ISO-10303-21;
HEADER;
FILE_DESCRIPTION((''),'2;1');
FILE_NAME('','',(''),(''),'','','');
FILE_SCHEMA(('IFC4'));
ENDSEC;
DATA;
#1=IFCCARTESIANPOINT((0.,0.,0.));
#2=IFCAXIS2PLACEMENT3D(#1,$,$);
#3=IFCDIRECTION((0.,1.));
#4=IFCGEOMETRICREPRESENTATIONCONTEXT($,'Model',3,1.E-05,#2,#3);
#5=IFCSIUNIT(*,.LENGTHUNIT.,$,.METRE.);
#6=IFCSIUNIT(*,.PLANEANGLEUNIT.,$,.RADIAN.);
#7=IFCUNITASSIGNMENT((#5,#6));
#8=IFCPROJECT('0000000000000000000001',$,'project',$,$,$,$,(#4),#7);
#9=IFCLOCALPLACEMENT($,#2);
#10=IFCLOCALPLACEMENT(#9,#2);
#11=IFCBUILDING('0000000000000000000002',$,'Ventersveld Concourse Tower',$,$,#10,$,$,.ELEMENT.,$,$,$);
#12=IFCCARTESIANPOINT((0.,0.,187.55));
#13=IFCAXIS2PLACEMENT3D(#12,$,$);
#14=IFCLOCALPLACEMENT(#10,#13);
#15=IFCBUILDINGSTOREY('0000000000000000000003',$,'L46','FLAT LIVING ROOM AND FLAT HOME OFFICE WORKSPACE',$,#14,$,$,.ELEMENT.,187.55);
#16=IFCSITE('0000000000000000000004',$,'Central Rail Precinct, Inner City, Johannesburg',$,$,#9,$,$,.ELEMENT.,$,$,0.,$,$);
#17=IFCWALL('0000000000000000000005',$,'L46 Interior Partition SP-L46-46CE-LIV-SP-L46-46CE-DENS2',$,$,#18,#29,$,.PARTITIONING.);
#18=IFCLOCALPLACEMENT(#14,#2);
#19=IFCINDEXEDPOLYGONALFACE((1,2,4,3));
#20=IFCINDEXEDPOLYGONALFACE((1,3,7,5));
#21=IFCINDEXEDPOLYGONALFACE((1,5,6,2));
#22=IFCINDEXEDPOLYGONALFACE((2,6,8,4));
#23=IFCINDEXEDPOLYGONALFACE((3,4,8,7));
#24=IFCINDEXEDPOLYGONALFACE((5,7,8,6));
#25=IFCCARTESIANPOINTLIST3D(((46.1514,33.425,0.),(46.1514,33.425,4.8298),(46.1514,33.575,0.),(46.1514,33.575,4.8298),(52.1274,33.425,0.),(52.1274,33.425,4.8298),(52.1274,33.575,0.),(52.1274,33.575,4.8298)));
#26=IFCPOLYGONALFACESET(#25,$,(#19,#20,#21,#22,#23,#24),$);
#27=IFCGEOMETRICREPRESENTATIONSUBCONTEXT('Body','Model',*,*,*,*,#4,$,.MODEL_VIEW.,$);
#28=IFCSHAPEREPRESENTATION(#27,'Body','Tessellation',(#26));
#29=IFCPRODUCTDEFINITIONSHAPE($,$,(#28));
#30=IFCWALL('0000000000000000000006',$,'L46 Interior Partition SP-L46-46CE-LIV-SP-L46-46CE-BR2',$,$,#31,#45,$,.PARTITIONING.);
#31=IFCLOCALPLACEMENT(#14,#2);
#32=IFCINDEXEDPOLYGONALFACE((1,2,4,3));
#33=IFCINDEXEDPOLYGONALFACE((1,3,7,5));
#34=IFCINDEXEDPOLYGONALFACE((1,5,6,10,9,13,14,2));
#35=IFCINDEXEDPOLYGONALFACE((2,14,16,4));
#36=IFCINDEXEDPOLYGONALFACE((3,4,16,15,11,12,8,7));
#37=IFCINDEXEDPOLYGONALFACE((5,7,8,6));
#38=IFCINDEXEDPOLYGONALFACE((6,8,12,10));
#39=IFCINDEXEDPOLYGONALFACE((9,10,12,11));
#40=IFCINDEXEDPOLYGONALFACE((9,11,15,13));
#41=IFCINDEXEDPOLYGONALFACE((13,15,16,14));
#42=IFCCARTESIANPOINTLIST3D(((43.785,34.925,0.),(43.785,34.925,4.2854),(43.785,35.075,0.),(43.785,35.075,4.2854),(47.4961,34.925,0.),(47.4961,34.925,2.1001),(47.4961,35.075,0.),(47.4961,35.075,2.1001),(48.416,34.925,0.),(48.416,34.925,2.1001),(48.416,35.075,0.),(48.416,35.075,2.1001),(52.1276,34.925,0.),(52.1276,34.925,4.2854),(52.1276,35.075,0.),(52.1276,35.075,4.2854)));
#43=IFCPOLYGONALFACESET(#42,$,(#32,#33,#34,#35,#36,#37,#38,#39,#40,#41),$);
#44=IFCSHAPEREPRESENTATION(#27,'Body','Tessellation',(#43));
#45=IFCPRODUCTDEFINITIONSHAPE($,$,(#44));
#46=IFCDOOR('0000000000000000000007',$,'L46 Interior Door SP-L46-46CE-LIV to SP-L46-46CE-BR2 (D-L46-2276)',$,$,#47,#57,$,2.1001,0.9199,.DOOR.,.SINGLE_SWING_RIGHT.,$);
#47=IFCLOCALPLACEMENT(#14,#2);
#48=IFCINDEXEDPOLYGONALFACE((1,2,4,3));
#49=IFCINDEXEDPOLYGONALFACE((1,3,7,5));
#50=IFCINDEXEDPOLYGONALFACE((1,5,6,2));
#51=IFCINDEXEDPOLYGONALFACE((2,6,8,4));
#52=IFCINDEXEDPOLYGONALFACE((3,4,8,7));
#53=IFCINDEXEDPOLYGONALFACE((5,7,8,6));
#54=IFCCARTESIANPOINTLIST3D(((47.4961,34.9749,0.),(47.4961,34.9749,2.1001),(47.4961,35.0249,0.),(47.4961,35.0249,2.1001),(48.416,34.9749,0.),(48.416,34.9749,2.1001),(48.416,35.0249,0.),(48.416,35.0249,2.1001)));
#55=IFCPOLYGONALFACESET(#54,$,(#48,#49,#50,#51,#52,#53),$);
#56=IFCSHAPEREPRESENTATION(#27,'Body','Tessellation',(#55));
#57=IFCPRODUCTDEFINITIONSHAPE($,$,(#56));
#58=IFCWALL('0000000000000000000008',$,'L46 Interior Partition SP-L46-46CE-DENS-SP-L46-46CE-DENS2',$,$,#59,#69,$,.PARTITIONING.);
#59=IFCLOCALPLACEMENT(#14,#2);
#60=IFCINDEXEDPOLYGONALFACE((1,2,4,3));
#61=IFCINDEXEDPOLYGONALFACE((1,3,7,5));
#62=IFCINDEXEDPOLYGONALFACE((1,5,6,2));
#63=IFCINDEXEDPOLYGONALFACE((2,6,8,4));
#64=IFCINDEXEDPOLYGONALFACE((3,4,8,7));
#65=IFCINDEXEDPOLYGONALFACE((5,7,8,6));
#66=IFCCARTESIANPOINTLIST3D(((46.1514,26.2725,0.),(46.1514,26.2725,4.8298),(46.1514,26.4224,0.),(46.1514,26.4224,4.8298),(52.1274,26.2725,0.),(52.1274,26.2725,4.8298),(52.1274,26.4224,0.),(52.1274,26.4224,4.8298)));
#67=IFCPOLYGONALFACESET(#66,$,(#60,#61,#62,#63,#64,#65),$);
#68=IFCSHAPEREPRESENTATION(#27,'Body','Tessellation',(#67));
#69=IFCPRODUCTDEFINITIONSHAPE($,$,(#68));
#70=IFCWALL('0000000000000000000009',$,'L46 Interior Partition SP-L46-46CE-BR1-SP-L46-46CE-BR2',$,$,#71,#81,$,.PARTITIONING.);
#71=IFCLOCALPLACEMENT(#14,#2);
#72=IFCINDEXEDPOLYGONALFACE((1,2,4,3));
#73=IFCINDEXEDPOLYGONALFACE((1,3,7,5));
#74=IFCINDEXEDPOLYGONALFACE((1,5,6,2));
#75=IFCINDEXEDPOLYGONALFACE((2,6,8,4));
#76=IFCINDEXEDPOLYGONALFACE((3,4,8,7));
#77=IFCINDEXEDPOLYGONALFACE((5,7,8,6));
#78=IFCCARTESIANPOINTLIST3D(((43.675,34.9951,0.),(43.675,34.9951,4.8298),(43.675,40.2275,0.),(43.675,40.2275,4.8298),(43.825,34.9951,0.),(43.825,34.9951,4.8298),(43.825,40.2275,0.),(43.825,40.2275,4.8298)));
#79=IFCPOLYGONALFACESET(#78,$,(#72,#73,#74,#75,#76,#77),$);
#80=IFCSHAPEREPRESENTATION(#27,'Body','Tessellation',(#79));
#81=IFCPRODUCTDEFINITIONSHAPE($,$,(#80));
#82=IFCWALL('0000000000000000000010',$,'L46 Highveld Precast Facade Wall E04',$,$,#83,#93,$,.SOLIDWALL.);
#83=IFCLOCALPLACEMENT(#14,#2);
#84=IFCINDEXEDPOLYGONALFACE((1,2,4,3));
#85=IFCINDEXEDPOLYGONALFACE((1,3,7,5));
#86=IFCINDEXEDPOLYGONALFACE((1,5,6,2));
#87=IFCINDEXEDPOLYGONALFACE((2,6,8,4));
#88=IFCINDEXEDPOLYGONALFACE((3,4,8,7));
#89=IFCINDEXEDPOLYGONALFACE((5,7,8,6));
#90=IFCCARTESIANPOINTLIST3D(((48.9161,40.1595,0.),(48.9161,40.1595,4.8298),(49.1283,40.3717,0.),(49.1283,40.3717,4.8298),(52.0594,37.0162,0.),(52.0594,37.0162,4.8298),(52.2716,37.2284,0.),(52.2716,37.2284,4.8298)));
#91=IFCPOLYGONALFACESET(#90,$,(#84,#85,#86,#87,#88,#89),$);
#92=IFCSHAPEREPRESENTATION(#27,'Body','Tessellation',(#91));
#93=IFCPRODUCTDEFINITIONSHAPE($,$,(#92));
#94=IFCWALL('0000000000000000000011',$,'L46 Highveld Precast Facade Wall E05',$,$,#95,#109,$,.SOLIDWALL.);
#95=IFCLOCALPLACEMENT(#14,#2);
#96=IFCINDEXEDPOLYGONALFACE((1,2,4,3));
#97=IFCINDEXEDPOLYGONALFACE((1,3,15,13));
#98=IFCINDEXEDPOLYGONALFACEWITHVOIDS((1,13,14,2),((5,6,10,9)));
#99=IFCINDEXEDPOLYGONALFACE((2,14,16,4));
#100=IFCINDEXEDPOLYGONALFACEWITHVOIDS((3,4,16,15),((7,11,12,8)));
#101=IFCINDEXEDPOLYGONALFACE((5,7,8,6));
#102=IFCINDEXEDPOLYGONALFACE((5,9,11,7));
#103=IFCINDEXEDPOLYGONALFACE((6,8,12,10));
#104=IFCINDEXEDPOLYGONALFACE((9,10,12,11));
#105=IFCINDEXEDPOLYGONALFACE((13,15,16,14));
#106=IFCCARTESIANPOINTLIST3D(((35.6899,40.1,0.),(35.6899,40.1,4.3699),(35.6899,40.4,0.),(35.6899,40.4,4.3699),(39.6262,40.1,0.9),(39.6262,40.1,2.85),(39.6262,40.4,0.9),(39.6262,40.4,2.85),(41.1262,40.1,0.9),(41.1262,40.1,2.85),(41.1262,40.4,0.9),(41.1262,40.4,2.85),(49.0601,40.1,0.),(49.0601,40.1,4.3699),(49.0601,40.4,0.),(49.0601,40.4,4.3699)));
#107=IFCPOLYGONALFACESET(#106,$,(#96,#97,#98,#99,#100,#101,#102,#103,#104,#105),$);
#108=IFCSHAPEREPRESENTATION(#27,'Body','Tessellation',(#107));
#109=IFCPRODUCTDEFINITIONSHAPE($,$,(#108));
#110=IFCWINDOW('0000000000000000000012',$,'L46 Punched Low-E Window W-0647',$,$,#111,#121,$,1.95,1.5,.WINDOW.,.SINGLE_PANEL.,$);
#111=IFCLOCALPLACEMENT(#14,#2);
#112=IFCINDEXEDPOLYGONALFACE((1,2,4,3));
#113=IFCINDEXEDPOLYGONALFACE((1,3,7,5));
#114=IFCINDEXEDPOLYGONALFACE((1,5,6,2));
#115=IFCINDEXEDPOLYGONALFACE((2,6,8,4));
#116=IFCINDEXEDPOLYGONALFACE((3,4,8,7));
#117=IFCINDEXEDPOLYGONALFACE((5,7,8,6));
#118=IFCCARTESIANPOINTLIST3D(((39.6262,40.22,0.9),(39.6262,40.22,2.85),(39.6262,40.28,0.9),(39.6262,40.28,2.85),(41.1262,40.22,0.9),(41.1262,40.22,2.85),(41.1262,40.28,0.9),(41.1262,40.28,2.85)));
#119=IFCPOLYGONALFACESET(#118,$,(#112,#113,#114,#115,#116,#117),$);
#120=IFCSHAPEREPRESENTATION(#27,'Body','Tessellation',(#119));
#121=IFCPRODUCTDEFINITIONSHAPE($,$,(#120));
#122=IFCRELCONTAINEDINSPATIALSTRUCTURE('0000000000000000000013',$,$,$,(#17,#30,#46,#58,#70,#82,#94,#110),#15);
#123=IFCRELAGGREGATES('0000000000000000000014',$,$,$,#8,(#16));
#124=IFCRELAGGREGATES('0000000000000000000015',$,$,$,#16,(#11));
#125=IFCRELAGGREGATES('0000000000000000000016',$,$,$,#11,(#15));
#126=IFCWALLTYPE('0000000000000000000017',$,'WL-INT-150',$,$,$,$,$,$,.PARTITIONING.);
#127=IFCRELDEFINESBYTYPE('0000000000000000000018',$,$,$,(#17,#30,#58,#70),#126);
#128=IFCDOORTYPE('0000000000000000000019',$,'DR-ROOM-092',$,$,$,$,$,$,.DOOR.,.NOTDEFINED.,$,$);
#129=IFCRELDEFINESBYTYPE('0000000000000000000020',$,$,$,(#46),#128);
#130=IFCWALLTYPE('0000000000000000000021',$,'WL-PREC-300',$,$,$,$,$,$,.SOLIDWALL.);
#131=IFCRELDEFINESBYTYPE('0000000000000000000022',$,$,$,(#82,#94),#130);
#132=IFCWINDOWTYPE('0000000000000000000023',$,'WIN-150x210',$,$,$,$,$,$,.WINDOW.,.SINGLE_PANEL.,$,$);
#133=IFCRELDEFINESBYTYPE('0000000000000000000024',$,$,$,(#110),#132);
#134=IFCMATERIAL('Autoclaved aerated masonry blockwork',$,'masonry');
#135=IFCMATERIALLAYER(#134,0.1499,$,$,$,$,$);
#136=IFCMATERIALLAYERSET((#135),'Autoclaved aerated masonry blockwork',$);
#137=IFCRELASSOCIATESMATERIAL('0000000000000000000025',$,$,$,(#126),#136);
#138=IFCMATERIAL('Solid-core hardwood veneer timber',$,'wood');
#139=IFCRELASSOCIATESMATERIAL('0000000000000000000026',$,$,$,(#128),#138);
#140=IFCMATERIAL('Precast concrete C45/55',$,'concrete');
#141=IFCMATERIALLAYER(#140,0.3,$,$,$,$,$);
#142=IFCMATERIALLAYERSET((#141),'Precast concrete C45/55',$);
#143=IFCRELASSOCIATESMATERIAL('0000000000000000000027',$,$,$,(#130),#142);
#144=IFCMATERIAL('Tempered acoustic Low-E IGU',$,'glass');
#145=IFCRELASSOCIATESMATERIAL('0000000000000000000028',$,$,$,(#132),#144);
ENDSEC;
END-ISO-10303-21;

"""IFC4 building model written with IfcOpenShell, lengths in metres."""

from ifc_helpers import new_model, si_unit, direction, frame, frame_2d, origin, place, context, subcontext, project, spatial, rectangle, extrude, material, layer, layer_set, type_object, element, fill, save


model = new_model("IFC4")

# Units and contexts
model_context = context("Model", 3, precision=1e-05, world=origin(), true_north=direction((0.0, 1.0)))
body_context = subcontext(model_context, "Body", "Model", "MODEL_VIEW")
ifc_project = project(units=[si_unit("LENGTHUNIT", "METRE"), si_unit("PLANEANGLEUNIT", "RADIAN")], contexts=[model_context])

# Site, building, storey
site_placement = place(None, origin())
site = spatial("IfcSite", under=ifc_project, at=site_placement, Name="Central Rail Precinct, Inner City, Johannesburg", CompositionType="ELEMENT", RefElevation=0.0)
building_placement = place(site_placement, origin())
building = spatial("IfcBuilding", under=site, at=building_placement, Name="Ventersveld Concourse Tower", CompositionType="ELEMENT")
storey_placement = place(building_placement, frame((0.0, 0.0, 187.55)))
storey = spatial("IfcBuildingStorey", under=building, at=storey_placement, Name="L46", Description="FLAT LIVING ROOM AND FLAT HOME OFFICE WORKSPACE", CompositionType="ELEMENT", Elevation=187.55)

# Shared definitions
ifc_material_1 = material(Name="Autoclaved aerated masonry blockwork", Category="masonry")
ifc_layer_1 = layer(ifc_material_1, 0.1499)
ifc_layer_set_1 = layer_set([ifc_layer_1], Name="Autoclaved aerated masonry blockwork")
wall_type_1 = type_object("IfcWallType", Name="WL-INT-150", PredefinedType="PARTITIONING", material=ifc_layer_set_1)
ifc_material_2 = material(Name="Solid-core hardwood veneer timber", Category="wood")
door_type = type_object("IfcDoorType", Name="DR-ROOM-092", OperationType="NOTDEFINED", PredefinedType="DOOR", material=ifc_material_2)

# Wall
wall_1_placement = place(storey_placement, frame((46.1514, 33.5, 0.0), z_axis=(0.0, 0.0, 1.0), x_axis=(1.0, 0.0, 0.0)))
element("IfcWall", 1, at=wall_1_placement, inside=storey, type_object=wall_type_1, Name="L46 Interior Partition SP-L46-46CE-LIV-SP-L46-46CE-DENS2", PredefinedType="PARTITIONING", context=body_context, shape_type="SweptSolid", body=[
    extrude(rectangle(XDim=5.9761, YDim=0.1499, at=frame_2d((2.988, 0.0))), origin(), (0.0, 0.0, 1.0), 4.8298),
])

# Wall, opening, door
wall_2_placement = place(storey_placement, frame((43.7849, 35.0, 0.0), z_axis=(0.0, 0.0, 1.0), x_axis=(1.0, 0.0, 0.0)))
wall_2 = element("IfcWall", 2, at=wall_2_placement, inside=storey, type_object=wall_type_1, Name="L46 Interior Partition SP-L46-46CE-LIV-SP-L46-46CE-BR2", PredefinedType="PARTITIONING", context=body_context, shape_type="SweptSolid", body=[
    extrude(rectangle(XDim=8.3425, YDim=0.1499, at=frame_2d((4.1714, 0.0))), origin(), (0.0, 0.0, 1.0), 4.2854),
])
opening_1_placement = place(wall_2_placement, frame((3.7112, 0.0, 0.0)))
opening_1 = element("IfcOpeningElement", 3, at=opening_1_placement, cuts=wall_2, PredefinedType="OPENING", context=body_context, shape_type="SweptSolid", body=[
    extrude(rectangle(XDim=0.9199, YDim=2.1001, at=frame_2d((0.46, 1.05))), frame((0.0, 0.085, 0.0), z_axis=(0.0, -1.0, 0.0), x_axis=(1.0, 0.0, 0.0)), (0.0, 0.0, 1.0), 0.1699),
])
door_1_placement = place(opening_1_placement, origin())
door_1 = element("IfcDoor", 4, at=door_1_placement, inside=storey, type_object=door_type, Name="L46 Interior Door SP-L46-46CE-LIV to SP-L46-46CE-BR2 (D-L46-2276)", OperationType="SINGLE_SWING_RIGHT", OverallHeight=2.1001, OverallWidth=0.9199, PredefinedType="DOOR", context=body_context, shape_type="SweptSolid", body=[
    extrude(rectangle(XDim=0.9199, YDim=2.1001, at=frame_2d((0.46, 1.05))), frame((0.0, 0.0249, 0.0), z_axis=(0.0, -1.0, 0.0), x_axis=(1.0, 0.0, 0.0)), (0.0, 0.0, 1.0), 0.05),
])
fill(opening_1, door_1)

# Walls
wall_3_placement = place(storey_placement, frame((46.1514, 26.3474, 0.0), z_axis=(0.0, 0.0, 1.0), x_axis=(1.0, 0.0, 0.0)))
element("IfcWall", 5, at=wall_3_placement, inside=storey, type_object=wall_type_1, Name="L46 Interior Partition SP-L46-46CE-DENS-SP-L46-46CE-DENS2", PredefinedType="PARTITIONING", context=body_context, shape_type="SweptSolid", body=[
    extrude(rectangle(XDim=5.9761, YDim=0.1499, at=frame_2d((2.988, 0.0))), origin(), (0.0, 0.0, 1.0), 4.8298),
])
wall_4_placement = place(storey_placement, frame((43.75, 34.9951, 0.0), z_axis=(0.0, 0.0, 1.0), x_axis=(0.0, 1.0, 0.0)))
element("IfcWall", 6, at=wall_4_placement, inside=storey, type_object=wall_type_1, Name="L46 Interior Partition SP-L46-46CE-BR1-SP-L46-46CE-BR2", PredefinedType="PARTITIONING", context=body_context, shape_type="SweptSolid", body=[
    extrude(rectangle(XDim=5.2324, YDim=0.1499, at=frame_2d((2.6162, 0.0))), origin(), (0.0, 0.0, 1.0), 4.8298),
])
ifc_material_3 = material(Name="Precast concrete C45/55", Category="concrete")
ifc_layer_2 = layer(ifc_material_3, 0.3)
ifc_layer_set_2 = layer_set([ifc_layer_2], Name="Precast concrete C45/55")
wall_type_2 = type_object("IfcWallType", Name="WL-PREC-300", PredefinedType="SOLIDWALL", material=ifc_layer_set_2)
wall_5_placement = place(storey_placement, frame((52.1655, 37.1223, 0.0), z_axis=(0.0, 0.0, 1.0), x_axis=(-0.707107, 0.707107, 0.0)))
element("IfcWall", 7, at=wall_5_placement, inside=storey, type_object=wall_type_2, Name="L46 Highveld Precast Facade Wall E04", PredefinedType="SOLIDWALL", context=body_context, shape_type="SweptSolid", body=[
    extrude(rectangle(XDim=4.4453, YDim=0.3, at=frame_2d((2.2227, 0.0))), origin(), (0.0, 0.0, 1.0), 4.8298),
])

# Wall, opening, window
wall_6_placement = place(storey_placement, frame((49.0601, 40.25, 0.0), z_axis=(0.0, 0.0, 1.0), x_axis=(-1.0, 0.0, 0.0)))
wall_6 = element("IfcWall", 8, at=wall_6_placement, inside=storey, type_object=wall_type_2, Name="L46 Highveld Precast Facade Wall E05", PredefinedType="SOLIDWALL", context=body_context, shape_type="SweptSolid", body=[
    extrude(rectangle(XDim=13.3701, YDim=0.3, at=frame_2d((6.6851, 0.0))), origin(), (0.0, 0.0, 1.0), 4.3699),
])
opening_2_placement = place(wall_6_placement, frame((7.9338, 0.0, 0.8999)))
opening_2 = element("IfcOpeningElement", 9, at=opening_2_placement, cuts=wall_6, PredefinedType="OPENING", context=body_context, shape_type="SweptSolid", body=[
    extrude(rectangle(XDim=1.5, YDim=1.95, at=frame_2d((0.75, 0.9751))), frame((0.0, 0.1602, 0.0), z_axis=(0.0, -1.0, 0.0), x_axis=(1.0, 0.0, 0.0)), (0.0, 0.0, 1.0), 0.3201),
])
ifc_material_4 = material(Name="Tempered acoustic Low-E IGU", Category="glass")
window_type = type_object("IfcWindowType", Name="WIN-150x210", PartitioningType="SINGLE_PANEL", PredefinedType="WINDOW", material=ifc_material_4)
window_placement = place(opening_2_placement, origin())
window = element("IfcWindow", 10, at=window_placement, inside=storey, type_object=window_type, Name="L46 Punched Low-E Window W-0647", OverallHeight=1.95, OverallWidth=1.5, PartitioningType="SINGLE_PANEL", PredefinedType="WINDOW", context=body_context, shape_type="SweptSolid", body=[
    extrude(rectangle(XDim=1.5, YDim=1.95, at=frame_2d((0.75, 0.9751))), frame((0.0, 0.03, 0.0), z_axis=(0.0, -1.0, 0.0), x_axis=(1.0, 0.0, 0.0)), (0.0, 0.0, 1.0), 0.0601),
])
fill(opening_2, window)

save(model, "model.ifc")
